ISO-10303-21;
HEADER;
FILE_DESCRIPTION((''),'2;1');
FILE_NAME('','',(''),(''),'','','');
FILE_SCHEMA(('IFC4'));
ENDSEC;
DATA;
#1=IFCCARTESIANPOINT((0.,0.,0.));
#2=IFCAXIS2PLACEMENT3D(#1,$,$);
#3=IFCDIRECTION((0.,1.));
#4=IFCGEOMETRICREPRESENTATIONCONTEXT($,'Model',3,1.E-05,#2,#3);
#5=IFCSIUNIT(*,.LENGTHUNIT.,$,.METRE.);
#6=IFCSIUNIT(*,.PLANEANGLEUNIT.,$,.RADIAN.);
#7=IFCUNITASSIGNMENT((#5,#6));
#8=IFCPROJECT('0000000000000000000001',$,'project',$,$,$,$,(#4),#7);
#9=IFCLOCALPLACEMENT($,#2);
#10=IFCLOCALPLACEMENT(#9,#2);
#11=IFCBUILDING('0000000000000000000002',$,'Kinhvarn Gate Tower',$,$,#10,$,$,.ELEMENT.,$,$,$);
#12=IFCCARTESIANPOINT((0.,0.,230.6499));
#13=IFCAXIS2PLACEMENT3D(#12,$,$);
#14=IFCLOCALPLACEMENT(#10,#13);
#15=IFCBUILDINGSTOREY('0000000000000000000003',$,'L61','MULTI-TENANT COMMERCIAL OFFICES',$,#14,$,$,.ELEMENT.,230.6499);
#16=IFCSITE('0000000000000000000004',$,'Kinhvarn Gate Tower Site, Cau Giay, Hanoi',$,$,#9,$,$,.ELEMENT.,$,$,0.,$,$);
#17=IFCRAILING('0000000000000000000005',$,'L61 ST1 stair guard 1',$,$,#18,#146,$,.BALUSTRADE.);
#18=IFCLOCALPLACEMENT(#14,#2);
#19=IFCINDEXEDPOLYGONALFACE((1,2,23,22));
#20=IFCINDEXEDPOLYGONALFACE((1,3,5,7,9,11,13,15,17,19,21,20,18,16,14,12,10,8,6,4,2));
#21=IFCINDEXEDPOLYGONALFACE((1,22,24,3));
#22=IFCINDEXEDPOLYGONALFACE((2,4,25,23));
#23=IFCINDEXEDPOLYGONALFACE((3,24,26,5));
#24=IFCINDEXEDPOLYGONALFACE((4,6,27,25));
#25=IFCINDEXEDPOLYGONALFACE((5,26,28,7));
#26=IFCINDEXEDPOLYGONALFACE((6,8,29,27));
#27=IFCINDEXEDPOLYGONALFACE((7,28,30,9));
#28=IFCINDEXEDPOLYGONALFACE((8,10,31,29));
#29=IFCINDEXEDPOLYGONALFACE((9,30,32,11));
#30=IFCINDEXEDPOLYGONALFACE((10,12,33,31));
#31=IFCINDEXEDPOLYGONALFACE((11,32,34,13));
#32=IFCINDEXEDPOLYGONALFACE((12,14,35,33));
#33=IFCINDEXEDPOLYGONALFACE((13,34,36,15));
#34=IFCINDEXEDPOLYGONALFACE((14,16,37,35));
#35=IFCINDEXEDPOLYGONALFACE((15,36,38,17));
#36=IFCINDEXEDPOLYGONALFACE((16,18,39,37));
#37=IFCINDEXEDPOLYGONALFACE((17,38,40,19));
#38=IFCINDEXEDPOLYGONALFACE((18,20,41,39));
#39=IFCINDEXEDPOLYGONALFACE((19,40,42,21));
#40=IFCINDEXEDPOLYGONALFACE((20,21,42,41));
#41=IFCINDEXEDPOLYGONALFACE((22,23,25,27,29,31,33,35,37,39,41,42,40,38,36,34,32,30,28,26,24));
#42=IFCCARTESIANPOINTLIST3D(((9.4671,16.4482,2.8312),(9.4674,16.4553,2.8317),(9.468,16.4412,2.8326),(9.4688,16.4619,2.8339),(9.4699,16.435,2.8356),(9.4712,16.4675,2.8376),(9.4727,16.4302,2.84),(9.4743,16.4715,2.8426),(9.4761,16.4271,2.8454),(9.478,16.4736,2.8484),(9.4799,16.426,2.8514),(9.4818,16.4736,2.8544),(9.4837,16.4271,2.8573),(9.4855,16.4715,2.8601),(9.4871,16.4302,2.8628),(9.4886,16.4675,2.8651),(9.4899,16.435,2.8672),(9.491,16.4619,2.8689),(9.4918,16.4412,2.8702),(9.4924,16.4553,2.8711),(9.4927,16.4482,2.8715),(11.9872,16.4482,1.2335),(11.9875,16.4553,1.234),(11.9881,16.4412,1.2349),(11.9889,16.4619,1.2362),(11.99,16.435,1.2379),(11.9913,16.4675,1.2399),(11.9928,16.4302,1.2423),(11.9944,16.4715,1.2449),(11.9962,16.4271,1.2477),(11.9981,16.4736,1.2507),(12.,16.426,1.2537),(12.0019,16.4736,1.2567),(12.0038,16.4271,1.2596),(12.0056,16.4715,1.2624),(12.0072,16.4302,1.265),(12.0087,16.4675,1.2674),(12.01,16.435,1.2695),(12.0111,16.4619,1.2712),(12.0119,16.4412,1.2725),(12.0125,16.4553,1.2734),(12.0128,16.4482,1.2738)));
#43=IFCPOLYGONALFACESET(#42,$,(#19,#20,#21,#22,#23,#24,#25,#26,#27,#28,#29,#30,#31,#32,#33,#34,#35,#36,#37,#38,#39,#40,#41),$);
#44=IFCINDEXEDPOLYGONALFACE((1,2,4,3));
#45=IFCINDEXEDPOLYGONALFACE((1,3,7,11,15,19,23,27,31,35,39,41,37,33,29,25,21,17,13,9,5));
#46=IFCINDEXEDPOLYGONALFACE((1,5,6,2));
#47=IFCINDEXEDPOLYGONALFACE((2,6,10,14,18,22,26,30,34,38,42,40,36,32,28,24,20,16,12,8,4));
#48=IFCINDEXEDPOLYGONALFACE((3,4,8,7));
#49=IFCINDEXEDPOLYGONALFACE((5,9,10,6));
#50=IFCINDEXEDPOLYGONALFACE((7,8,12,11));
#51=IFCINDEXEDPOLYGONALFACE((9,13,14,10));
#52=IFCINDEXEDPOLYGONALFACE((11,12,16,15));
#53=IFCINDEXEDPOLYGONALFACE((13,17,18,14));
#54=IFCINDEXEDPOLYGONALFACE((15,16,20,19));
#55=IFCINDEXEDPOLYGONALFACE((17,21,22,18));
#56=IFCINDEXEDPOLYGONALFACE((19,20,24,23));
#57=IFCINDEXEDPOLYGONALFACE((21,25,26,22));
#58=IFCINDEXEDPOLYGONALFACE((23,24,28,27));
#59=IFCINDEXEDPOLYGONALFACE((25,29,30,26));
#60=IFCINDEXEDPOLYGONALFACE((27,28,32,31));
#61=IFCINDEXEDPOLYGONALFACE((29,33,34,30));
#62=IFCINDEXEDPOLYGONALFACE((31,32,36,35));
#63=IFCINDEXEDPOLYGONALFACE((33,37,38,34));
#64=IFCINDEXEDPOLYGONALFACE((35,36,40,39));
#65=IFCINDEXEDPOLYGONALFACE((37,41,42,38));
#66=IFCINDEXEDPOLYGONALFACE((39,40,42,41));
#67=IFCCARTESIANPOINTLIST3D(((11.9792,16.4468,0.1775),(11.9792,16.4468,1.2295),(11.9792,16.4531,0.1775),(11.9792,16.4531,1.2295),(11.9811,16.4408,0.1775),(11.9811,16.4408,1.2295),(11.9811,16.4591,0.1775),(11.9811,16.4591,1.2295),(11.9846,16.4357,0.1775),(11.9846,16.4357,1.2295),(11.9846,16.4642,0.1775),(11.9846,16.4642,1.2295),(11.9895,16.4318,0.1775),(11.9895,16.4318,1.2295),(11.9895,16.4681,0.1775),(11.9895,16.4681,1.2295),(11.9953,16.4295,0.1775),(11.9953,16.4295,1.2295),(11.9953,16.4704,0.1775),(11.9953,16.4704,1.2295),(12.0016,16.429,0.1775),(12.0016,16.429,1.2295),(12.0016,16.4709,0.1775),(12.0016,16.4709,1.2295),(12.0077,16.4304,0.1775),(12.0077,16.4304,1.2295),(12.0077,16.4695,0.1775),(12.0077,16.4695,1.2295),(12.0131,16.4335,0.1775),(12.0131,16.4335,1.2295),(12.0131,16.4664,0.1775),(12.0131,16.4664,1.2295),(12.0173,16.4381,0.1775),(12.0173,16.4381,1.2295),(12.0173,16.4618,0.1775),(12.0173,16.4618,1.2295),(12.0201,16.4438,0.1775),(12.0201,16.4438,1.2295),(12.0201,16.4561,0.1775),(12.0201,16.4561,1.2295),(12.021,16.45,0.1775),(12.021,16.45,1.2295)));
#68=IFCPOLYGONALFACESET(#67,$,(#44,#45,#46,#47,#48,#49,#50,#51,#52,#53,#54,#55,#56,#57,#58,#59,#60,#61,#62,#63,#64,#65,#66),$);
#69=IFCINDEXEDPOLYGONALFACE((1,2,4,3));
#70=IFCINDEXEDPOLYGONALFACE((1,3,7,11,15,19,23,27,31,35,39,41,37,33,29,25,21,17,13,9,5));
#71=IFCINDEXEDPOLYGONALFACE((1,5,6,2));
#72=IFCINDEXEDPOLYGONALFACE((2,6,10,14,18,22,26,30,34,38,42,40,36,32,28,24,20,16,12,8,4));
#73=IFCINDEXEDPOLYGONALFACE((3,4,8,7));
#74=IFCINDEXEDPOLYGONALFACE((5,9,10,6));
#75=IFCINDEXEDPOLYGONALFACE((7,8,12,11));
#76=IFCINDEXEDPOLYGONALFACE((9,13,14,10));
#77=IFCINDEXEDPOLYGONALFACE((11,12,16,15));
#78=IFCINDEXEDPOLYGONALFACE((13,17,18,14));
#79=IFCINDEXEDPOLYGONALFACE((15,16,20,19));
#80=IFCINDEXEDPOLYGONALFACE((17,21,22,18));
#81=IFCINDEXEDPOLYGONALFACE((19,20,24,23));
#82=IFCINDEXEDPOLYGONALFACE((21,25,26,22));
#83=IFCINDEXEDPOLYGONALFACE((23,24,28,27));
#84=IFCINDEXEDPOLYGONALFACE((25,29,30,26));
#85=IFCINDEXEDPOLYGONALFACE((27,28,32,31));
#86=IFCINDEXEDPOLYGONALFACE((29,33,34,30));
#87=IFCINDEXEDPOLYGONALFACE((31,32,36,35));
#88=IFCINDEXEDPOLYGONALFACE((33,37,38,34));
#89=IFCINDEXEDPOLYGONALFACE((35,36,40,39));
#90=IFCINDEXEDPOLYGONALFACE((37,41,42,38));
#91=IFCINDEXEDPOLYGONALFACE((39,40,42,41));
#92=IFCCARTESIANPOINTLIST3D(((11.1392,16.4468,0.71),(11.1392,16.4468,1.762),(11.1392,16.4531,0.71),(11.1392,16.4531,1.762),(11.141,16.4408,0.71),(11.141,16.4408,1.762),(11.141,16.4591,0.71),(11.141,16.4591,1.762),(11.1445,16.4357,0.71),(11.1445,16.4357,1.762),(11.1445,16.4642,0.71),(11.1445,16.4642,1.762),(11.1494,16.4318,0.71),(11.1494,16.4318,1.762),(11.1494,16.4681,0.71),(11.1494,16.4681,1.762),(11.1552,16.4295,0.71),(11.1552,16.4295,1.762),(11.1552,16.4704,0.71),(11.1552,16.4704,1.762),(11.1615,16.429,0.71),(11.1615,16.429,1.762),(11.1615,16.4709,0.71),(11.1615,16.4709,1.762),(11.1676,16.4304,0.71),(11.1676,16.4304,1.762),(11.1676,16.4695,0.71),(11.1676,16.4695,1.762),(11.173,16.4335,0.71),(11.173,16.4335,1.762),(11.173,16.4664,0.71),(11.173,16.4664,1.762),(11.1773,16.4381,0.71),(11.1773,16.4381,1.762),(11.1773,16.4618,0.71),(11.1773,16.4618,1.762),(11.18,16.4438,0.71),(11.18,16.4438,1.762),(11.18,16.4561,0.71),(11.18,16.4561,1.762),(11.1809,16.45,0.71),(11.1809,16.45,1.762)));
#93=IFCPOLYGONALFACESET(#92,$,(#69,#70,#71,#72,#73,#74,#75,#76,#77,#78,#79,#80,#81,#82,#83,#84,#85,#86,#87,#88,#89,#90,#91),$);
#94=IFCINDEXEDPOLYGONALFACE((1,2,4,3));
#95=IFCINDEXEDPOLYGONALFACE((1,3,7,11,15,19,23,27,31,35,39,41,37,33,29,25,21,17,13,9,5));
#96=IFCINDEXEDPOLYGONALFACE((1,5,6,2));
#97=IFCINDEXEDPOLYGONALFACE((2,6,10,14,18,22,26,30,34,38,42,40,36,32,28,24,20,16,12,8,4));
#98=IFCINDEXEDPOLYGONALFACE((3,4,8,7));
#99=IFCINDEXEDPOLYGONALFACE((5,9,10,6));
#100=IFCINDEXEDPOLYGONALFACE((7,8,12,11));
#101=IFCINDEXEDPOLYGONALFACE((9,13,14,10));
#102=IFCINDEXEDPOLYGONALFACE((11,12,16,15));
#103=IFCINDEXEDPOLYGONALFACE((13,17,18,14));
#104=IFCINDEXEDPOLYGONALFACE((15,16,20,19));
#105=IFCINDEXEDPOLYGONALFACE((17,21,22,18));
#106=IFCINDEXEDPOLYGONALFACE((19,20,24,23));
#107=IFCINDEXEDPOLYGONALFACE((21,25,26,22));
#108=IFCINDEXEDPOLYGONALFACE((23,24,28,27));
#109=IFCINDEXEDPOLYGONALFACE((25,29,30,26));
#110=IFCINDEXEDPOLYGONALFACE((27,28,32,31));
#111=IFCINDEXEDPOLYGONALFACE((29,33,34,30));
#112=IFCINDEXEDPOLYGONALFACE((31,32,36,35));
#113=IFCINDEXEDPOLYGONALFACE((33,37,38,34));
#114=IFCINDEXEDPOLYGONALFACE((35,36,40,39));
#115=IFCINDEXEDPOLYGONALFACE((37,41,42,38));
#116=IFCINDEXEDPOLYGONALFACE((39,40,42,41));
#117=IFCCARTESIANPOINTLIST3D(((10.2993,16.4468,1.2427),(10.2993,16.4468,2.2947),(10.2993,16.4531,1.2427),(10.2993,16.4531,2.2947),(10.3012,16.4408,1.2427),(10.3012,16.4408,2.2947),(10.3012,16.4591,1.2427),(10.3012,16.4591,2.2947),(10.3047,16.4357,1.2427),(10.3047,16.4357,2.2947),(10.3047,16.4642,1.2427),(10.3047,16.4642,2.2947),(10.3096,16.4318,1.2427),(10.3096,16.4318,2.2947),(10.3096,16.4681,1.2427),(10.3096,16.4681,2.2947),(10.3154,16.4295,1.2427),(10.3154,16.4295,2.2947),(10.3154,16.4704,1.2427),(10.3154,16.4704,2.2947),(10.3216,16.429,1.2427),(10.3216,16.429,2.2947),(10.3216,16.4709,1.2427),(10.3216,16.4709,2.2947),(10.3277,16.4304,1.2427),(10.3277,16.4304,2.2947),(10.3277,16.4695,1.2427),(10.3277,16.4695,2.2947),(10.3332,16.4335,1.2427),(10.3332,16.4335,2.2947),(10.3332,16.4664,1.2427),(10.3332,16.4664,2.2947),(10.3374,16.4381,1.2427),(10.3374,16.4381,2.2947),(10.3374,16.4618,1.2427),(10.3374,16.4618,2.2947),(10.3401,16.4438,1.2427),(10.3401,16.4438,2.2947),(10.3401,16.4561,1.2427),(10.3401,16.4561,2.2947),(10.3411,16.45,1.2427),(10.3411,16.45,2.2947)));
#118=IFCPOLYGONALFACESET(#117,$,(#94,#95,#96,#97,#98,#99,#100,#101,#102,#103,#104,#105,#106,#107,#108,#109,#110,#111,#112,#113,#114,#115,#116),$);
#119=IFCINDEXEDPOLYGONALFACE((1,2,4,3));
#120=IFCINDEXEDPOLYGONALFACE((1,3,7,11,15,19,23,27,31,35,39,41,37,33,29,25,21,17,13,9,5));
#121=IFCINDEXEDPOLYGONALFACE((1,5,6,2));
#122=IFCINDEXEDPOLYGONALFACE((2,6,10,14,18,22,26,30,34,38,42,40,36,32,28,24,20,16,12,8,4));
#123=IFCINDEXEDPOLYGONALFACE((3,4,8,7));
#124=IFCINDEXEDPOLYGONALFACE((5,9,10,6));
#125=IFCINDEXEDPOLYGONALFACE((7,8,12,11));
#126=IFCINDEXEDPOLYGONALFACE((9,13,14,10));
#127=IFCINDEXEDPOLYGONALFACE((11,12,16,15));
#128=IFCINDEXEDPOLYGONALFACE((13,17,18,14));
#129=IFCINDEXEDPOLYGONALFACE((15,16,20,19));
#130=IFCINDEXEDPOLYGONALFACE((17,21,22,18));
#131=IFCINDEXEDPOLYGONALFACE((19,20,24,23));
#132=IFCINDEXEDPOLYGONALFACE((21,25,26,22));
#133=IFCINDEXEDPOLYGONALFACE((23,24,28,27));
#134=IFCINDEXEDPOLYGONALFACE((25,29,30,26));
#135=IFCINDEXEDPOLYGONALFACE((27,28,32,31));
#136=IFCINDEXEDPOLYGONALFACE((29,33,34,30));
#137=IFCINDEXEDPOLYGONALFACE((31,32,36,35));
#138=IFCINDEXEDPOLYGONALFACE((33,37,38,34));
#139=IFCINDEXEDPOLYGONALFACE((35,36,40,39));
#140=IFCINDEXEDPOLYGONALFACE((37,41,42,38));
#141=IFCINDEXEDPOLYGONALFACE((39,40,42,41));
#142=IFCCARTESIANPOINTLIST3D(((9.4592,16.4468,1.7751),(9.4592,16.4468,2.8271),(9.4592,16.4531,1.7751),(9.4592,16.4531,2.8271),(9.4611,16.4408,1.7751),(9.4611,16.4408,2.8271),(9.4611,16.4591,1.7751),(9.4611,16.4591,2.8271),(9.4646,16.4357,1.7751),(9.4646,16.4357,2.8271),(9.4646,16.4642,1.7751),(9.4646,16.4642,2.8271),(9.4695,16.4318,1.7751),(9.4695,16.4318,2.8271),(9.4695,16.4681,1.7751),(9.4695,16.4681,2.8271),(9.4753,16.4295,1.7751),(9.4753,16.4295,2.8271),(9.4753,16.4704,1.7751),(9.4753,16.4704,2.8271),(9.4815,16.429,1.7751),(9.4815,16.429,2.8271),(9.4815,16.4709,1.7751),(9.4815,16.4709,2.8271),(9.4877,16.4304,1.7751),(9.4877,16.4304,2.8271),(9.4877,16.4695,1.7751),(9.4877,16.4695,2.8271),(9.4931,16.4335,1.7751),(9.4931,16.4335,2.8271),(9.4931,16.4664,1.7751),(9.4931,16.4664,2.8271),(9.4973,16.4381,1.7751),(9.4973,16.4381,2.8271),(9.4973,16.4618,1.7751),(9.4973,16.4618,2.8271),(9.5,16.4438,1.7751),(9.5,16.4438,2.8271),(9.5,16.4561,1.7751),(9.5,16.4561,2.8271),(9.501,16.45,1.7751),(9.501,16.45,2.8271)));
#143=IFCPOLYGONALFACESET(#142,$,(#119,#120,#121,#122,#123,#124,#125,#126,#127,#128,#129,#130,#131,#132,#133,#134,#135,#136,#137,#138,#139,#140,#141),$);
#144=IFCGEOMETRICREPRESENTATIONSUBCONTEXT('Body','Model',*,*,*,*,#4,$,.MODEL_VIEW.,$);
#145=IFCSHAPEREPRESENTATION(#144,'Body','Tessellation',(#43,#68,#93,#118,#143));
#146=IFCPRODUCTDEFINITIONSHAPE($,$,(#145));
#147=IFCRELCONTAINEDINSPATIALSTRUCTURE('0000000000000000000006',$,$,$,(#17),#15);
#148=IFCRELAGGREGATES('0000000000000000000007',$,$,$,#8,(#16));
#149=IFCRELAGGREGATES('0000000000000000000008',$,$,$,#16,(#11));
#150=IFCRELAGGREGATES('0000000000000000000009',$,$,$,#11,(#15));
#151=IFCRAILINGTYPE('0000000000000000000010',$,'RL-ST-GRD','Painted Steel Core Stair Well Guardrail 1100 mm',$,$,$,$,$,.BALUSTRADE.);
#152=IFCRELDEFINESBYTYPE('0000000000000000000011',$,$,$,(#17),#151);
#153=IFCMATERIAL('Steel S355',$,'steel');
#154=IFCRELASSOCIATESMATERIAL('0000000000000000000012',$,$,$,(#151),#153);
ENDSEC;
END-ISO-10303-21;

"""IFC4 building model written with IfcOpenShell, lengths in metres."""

from ifc_helpers import new_model, si_unit, direction, frame, origin, origin_2d, place, context, subcontext, project, spatial, circle, extrude, material, type_object, element, save


model = new_model("IFC4")

# Units and contexts
model_context = context("Model", 3, precision=1e-05, world=origin(), true_north=direction((0.0, 1.0)))
body_context = subcontext(model_context, "Body", "Model", "MODEL_VIEW")
ifc_project = project(units=[si_unit("LENGTHUNIT", "METRE"), si_unit("PLANEANGLEUNIT", "RADIAN")], contexts=[model_context])

# Site, building, storey
site_placement = place(None, origin())
site = spatial("IfcSite", under=ifc_project, at=site_placement, Name="Kinhvarn Gate Tower Site, Cau Giay, Hanoi", CompositionType="ELEMENT", RefElevation=0.0)
building_placement = place(site_placement, origin())
building = spatial("IfcBuilding", under=site, at=building_placement, Name="Kinhvarn Gate Tower", CompositionType="ELEMENT")
storey_placement = place(building_placement, frame((0.0, 0.0, 230.6499)))
storey = spatial("IfcBuildingStorey", under=building, at=storey_placement, Name="L61", Description="MULTI-TENANT COMMERCIAL OFFICES", CompositionType="ELEMENT", Elevation=230.6499)

# Shared definitions
ifc_material_1 = material(Name="Steel S355", Category="steel")

# Railing
railing_type_1 = type_object("IfcRailingType", Name="RL-ST-GRD", Description="Painted Steel Core Stair Well Guardrail 1100 mm", PredefinedType="BALUSTRADE", material=ifc_material_1)
railing_1_placement = place(storey_placement, frame((12.0, 16.45, 0.1775)))
element("IfcRailing", 1, at=railing_1_placement, inside=storey, type_object=railing_type_1, Name="L61 ST1 stair guard 1", PredefinedType="BALUSTRADE", context=body_context, shape_type="SweptSolid", body=[
    extrude(circle(Radius=0.0239, at=origin_2d()), frame((0.0, 0.0, 1.0762), z_axis=(-0.84457, 0.0, 0.535445), x_axis=(0.0, -1.0, 0.0)), (0.0, 0.0, 1.0), 2.9839),
    extrude(circle(Radius=0.021, at=origin_2d()), origin(), (0.0, 0.0, 1.0), 1.052),
    extrude(circle(Radius=0.021, at=origin_2d()), frame((-0.8401, 0.0, 0.5325)), (0.0, 0.0, 1.0), 1.052),
    extrude(circle(Radius=0.021, at=origin_2d()), frame((-1.6799, 0.0, 1.0652)), (0.0, 0.0, 1.0), 1.052),
    extrude(circle(Radius=0.021, at=origin_2d()), frame((-2.52, 0.0, 1.5977)), (0.0, 0.0, 1.0), 1.052),
])

save(model, "model.ifc")
